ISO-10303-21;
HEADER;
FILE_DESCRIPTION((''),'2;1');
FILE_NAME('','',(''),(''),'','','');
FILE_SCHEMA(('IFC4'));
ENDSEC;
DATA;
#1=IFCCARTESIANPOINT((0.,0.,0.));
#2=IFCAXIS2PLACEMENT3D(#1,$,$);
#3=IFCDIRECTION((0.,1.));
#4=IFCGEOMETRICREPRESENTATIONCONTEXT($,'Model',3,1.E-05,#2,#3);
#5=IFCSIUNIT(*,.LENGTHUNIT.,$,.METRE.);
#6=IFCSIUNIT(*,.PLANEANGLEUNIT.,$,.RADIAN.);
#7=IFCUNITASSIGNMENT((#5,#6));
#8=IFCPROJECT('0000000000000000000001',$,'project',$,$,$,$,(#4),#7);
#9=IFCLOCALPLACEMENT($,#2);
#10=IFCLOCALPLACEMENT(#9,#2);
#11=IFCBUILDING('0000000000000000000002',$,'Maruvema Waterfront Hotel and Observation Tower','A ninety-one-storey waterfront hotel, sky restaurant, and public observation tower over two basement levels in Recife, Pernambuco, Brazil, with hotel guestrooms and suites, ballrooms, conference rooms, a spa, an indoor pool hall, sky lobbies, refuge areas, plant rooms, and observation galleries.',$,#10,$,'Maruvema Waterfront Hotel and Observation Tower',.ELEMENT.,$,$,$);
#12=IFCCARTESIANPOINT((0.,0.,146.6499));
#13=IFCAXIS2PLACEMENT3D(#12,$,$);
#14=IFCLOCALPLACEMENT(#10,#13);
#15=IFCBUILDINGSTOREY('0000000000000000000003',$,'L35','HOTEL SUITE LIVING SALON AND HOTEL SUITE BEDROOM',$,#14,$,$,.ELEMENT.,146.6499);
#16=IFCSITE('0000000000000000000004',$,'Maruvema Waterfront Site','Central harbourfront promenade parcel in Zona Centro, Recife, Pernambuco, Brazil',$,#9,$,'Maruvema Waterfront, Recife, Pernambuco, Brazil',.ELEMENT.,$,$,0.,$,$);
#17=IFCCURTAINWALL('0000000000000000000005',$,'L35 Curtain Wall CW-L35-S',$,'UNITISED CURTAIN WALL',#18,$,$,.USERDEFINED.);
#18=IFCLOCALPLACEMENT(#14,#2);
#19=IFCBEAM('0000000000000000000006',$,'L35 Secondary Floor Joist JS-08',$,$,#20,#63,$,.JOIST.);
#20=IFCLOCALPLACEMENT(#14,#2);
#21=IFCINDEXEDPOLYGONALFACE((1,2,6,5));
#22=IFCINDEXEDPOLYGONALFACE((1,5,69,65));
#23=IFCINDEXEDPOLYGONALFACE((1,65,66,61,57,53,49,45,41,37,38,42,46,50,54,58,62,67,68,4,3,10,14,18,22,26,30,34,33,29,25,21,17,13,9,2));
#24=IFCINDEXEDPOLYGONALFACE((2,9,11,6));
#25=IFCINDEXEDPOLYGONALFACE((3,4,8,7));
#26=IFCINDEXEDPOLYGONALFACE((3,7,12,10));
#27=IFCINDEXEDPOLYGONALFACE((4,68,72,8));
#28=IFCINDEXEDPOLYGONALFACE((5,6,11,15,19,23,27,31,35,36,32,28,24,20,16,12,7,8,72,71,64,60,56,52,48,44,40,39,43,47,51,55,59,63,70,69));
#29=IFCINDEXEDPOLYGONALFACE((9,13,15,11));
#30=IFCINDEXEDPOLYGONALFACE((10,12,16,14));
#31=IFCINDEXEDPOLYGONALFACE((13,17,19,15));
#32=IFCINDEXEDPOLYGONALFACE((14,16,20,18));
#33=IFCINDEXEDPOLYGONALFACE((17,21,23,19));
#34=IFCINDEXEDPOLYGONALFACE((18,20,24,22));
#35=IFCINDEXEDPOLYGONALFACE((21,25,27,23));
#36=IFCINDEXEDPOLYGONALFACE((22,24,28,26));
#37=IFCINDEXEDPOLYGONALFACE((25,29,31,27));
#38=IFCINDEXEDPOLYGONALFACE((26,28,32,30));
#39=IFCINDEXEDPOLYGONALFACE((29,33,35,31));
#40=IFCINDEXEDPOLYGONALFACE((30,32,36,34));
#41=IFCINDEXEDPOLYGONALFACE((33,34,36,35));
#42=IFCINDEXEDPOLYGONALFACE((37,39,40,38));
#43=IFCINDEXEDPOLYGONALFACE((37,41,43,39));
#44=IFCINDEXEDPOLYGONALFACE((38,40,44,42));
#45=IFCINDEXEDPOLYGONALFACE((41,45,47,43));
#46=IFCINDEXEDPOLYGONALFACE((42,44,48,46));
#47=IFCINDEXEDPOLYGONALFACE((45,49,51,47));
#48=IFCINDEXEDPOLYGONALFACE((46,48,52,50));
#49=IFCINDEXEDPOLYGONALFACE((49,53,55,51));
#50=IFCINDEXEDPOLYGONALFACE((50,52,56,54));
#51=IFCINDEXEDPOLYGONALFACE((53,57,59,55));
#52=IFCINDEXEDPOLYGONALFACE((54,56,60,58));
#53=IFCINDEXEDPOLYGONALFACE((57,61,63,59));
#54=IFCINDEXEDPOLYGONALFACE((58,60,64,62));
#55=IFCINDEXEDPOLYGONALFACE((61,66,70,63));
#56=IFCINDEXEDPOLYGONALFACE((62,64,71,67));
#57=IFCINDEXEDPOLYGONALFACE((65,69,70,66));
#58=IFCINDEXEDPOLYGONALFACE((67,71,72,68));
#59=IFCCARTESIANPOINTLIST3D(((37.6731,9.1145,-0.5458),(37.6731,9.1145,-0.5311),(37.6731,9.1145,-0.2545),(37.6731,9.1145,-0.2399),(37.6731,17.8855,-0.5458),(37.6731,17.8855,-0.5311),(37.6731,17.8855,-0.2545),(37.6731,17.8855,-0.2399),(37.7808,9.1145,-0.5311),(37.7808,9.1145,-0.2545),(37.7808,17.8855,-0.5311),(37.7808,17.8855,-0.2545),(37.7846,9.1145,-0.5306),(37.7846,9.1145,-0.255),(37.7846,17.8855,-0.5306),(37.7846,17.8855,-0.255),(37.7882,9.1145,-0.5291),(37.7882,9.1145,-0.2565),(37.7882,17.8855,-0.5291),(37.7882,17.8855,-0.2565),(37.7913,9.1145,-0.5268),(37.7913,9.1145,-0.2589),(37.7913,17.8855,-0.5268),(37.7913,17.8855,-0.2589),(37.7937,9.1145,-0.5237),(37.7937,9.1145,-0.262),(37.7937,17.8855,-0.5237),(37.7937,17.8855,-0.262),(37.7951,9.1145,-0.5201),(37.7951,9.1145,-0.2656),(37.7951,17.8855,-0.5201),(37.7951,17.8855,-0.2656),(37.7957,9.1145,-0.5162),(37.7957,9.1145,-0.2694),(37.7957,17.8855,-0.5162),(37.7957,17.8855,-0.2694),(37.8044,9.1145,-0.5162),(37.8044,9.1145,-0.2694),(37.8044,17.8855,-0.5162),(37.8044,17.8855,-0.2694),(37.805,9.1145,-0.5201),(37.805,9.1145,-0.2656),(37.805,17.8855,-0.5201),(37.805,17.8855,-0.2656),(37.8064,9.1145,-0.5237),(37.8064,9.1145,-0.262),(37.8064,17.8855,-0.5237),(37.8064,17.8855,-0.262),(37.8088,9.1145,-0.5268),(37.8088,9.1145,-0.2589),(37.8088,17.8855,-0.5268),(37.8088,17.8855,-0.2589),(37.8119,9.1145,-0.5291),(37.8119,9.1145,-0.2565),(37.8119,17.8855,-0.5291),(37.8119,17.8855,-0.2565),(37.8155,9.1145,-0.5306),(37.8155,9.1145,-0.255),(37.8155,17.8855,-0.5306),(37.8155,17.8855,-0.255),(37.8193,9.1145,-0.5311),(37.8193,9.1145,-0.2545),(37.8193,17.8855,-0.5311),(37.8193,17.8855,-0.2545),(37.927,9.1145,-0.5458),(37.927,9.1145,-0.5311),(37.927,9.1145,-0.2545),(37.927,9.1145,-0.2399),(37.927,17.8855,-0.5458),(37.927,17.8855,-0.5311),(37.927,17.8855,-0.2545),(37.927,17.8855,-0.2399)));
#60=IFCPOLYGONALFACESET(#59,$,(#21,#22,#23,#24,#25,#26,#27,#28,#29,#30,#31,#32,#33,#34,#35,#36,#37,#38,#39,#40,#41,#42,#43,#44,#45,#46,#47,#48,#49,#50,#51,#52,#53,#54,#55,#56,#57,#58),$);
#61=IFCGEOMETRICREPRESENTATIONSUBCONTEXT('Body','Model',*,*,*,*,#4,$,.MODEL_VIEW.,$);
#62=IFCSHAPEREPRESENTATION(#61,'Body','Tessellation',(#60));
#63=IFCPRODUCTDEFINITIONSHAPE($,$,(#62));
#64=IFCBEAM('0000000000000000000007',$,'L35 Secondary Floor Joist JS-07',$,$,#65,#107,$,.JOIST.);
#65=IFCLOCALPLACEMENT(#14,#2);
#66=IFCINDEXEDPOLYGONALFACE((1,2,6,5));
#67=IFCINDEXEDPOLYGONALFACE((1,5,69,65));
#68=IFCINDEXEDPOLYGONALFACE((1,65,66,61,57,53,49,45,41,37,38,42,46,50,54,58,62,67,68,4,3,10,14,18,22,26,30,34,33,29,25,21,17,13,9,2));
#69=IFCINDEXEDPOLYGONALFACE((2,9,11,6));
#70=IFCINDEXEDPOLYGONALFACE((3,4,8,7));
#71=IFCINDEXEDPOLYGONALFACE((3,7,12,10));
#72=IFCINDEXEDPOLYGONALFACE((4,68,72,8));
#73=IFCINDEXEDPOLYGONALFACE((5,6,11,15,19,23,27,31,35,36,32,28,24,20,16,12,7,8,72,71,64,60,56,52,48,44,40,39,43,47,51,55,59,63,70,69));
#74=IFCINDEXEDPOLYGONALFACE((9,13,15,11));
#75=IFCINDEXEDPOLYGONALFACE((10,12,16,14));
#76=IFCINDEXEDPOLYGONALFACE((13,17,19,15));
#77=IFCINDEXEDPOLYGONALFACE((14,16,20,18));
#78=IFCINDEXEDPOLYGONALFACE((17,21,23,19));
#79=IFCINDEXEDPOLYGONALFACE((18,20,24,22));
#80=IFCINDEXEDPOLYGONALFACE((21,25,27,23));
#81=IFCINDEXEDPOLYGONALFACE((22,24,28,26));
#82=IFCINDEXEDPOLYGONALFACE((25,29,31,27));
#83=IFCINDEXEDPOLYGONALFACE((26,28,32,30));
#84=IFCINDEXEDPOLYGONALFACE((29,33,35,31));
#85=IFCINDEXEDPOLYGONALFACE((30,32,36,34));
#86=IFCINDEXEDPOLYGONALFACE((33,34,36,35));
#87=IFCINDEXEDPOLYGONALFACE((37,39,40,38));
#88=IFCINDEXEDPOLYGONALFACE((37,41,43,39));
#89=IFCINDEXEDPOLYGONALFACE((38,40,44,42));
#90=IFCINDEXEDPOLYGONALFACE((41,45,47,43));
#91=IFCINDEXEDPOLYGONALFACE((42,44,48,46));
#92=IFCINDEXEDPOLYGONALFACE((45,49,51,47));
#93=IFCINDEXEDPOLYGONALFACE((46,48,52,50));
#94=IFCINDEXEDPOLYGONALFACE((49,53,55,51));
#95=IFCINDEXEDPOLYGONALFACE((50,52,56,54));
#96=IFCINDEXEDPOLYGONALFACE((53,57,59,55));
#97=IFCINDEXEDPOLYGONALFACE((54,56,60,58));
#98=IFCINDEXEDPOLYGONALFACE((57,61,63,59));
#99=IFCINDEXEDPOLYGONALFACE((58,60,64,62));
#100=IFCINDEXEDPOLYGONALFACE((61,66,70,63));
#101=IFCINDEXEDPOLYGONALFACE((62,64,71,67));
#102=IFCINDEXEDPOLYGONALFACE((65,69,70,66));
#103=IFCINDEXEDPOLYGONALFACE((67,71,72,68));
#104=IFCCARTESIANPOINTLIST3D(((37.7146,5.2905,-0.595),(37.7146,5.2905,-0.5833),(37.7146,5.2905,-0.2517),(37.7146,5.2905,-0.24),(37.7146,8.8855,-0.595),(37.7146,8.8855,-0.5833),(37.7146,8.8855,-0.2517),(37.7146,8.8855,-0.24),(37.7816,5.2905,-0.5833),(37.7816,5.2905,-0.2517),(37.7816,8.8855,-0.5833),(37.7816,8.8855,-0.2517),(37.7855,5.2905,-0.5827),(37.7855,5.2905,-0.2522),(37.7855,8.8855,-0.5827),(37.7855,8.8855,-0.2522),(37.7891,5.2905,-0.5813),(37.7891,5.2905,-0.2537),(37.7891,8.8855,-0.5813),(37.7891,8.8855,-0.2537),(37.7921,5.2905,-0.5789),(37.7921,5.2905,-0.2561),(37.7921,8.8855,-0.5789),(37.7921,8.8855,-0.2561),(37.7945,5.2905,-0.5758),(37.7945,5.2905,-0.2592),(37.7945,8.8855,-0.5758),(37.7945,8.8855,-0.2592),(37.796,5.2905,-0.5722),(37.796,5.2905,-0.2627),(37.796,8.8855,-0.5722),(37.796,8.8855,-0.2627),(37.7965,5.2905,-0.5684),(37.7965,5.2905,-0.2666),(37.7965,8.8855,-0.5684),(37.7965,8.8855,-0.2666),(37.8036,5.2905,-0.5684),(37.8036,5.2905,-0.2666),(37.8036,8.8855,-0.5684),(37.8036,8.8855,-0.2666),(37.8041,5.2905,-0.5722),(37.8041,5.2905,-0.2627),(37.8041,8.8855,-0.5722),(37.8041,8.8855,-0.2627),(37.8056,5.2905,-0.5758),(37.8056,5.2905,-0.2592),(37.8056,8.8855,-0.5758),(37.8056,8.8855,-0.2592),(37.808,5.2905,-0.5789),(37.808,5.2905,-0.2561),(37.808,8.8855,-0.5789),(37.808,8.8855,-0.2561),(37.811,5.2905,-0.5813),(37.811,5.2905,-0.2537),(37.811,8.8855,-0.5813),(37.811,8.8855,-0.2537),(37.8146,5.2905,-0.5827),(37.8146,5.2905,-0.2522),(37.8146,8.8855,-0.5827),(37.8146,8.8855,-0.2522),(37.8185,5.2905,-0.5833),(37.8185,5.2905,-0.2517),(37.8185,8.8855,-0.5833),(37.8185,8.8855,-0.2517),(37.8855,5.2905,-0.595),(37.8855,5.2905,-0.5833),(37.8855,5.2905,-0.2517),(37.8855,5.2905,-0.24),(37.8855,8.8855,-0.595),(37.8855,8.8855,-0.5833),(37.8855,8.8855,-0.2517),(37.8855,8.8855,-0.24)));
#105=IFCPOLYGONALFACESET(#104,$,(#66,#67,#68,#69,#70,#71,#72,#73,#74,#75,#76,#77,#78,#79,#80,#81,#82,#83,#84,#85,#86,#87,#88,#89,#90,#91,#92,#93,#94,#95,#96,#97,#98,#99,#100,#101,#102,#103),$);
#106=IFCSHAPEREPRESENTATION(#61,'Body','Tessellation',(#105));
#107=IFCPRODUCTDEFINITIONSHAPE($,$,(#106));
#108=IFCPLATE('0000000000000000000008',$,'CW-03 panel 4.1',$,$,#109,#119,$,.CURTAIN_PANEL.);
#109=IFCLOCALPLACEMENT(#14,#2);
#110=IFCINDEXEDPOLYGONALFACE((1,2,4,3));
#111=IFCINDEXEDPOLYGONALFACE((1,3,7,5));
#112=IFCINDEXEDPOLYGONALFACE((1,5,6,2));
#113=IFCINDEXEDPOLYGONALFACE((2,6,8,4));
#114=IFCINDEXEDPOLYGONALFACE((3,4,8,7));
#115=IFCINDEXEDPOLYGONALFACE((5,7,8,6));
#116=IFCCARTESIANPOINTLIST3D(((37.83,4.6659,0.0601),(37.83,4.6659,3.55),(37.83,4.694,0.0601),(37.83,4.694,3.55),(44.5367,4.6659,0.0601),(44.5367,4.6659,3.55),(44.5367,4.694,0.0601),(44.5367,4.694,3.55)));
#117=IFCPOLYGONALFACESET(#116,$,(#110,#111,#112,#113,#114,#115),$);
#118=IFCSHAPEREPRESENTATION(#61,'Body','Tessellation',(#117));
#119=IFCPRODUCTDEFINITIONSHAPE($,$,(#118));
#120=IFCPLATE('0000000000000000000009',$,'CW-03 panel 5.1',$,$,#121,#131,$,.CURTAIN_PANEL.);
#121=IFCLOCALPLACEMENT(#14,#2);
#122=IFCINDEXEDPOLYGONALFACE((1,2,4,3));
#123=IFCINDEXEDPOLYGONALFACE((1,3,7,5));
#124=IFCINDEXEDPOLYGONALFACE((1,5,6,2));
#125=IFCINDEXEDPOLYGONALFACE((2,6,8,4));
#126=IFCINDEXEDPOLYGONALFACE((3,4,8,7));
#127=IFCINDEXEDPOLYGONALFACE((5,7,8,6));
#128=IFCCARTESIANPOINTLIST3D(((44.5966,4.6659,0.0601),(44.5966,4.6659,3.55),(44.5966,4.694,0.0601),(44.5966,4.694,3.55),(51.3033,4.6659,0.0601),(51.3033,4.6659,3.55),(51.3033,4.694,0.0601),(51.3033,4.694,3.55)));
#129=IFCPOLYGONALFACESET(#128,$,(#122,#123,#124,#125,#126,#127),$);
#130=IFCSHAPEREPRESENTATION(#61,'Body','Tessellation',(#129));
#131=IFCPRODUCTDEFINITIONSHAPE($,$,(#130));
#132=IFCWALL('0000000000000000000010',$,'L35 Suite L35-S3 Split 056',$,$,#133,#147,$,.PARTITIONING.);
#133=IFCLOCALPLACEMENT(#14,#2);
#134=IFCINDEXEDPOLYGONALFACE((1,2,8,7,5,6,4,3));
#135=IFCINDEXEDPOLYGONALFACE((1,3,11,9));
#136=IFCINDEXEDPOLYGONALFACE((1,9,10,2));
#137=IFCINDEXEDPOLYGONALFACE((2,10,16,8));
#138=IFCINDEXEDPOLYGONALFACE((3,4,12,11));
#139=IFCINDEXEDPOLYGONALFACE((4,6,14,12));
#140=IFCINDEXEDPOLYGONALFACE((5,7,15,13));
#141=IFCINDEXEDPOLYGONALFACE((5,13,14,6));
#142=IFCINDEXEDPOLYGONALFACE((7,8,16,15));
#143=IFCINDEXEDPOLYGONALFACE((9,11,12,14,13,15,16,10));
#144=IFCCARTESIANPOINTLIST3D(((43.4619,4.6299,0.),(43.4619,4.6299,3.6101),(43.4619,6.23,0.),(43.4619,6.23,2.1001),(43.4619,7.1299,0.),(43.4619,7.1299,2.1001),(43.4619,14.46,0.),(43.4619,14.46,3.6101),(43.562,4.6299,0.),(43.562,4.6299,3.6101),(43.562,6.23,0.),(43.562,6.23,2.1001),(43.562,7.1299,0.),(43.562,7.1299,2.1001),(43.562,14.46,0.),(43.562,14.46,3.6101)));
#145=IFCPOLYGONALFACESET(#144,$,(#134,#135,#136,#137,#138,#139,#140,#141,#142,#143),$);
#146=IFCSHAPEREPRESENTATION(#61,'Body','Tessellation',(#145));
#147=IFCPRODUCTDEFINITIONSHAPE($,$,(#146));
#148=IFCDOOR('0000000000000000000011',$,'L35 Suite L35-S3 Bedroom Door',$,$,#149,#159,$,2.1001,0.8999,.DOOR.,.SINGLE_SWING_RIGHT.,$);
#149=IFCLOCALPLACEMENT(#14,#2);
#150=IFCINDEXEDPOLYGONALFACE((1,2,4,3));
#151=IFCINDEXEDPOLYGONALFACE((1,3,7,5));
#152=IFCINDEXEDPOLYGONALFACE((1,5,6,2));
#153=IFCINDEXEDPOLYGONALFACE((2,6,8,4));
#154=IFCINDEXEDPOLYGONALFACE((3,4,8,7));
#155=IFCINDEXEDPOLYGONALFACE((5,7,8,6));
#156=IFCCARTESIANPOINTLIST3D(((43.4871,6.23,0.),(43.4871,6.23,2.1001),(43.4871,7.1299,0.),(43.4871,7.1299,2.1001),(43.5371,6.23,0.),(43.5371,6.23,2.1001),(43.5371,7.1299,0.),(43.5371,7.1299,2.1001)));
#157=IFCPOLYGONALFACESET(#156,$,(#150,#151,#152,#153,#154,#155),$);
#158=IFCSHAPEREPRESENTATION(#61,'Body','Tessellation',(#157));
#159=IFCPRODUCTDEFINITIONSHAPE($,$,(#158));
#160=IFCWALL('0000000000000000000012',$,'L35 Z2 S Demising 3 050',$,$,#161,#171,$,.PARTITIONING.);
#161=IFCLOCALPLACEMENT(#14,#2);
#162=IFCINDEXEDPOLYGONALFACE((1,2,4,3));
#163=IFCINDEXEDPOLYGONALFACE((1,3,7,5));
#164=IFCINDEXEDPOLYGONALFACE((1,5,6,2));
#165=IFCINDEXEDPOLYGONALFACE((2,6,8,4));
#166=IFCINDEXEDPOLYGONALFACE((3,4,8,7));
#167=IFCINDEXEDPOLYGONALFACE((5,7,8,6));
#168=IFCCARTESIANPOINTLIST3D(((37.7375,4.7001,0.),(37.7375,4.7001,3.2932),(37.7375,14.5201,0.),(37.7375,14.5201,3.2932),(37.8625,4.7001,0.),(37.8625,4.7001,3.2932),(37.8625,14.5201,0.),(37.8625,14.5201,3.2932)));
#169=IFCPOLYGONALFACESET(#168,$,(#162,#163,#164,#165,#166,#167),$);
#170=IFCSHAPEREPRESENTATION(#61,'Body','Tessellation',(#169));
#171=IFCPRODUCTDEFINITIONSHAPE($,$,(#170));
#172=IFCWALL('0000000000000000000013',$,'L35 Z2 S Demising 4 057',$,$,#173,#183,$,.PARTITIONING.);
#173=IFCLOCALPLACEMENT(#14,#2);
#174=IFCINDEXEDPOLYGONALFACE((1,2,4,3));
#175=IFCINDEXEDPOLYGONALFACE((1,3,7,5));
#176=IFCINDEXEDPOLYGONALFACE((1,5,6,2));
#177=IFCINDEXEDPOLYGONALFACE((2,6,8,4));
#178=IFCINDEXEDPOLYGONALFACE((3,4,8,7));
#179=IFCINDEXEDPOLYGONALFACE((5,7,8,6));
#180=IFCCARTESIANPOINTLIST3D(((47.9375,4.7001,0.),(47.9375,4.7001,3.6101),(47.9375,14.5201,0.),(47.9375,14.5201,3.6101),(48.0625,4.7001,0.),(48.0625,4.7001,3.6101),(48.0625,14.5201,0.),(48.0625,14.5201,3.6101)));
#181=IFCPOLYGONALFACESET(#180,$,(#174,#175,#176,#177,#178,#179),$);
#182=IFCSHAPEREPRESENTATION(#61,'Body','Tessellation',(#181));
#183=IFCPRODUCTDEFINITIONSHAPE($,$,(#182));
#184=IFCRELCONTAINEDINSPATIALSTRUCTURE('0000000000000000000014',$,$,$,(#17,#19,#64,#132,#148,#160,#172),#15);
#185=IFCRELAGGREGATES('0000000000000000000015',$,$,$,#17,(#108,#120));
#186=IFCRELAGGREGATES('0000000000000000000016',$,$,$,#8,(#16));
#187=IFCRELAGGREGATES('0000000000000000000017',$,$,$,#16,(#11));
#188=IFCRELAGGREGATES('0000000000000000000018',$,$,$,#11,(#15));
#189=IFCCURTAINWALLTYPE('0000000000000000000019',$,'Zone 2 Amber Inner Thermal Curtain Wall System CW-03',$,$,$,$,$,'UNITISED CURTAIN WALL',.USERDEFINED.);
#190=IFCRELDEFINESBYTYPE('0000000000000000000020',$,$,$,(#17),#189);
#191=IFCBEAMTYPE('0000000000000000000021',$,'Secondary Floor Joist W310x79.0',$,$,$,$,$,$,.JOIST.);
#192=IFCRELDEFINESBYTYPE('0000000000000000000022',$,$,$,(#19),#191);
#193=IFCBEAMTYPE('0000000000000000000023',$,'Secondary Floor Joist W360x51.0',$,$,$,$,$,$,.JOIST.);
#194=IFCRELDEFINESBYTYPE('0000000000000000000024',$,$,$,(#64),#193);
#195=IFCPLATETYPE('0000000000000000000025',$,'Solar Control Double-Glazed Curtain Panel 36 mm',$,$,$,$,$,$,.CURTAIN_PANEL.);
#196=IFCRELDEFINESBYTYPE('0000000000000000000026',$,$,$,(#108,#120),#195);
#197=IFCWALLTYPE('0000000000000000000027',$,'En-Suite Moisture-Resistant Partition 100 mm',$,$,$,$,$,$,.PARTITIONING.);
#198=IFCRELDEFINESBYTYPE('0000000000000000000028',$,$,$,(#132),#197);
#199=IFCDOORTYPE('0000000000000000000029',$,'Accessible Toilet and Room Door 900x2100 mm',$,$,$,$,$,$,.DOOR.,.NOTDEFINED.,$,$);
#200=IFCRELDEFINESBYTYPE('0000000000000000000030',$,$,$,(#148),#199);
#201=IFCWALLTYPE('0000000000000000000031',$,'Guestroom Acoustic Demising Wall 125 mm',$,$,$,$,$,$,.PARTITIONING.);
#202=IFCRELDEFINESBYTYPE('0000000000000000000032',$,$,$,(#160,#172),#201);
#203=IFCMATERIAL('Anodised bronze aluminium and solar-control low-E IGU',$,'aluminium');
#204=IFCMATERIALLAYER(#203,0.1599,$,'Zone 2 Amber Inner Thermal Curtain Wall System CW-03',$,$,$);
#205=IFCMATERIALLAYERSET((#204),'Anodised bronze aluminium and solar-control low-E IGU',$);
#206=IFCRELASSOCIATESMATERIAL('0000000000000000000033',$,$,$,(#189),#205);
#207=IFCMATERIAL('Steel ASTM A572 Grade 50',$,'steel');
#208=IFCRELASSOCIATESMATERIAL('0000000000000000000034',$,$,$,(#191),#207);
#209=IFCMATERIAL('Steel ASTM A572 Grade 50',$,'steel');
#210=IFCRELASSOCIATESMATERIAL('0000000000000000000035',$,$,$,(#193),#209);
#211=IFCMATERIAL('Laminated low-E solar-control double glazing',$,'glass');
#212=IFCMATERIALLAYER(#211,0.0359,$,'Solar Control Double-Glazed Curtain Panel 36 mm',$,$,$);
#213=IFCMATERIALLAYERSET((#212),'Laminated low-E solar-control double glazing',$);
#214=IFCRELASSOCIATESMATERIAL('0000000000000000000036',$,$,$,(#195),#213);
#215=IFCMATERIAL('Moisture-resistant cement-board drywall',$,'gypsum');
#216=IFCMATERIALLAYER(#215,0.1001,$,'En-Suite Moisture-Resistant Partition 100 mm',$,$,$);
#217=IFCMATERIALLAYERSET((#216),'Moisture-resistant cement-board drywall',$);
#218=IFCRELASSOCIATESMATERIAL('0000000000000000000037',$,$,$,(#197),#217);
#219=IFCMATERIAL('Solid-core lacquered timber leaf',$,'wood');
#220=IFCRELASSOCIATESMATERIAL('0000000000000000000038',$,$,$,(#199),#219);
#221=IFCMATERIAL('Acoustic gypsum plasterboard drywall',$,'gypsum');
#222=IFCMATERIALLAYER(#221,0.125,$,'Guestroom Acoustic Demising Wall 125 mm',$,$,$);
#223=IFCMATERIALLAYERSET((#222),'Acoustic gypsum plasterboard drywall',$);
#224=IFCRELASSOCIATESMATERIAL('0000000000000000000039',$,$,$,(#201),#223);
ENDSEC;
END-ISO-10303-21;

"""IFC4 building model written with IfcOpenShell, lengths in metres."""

from ifc_helpers import new_model, si_unit, direction, frame, frame_2d, origin, origin_2d, place, context, subcontext, project, spatial, rectangle, i_section, extrude, material, layer, layer_set, material_profile, profile_set, type_object, element, fill, aggregate, save


model = new_model("IFC4")

# Units and contexts
model_context = context("Model", 3, precision=1e-05, world=origin(), true_north=direction((0.0, 1.0)))
body_context = subcontext(model_context, "Body", "Model", "MODEL_VIEW")
ifc_project = project(units=[si_unit("LENGTHUNIT", "METRE"), si_unit("PLANEANGLEUNIT", "RADIAN")], contexts=[model_context])

# Site, building, storey
site_placement = place(None, origin())
site = spatial("IfcSite", under=ifc_project, at=site_placement, Name="Maruvema Waterfront Site", Description="Central harbourfront promenade parcel in Zona Centro, Recife, Pernambuco, Brazil", LongName="Maruvema Waterfront, Recife, Pernambuco, Brazil", CompositionType="ELEMENT", RefElevation=0.0)
building_placement = place(site_placement, origin())
building = spatial("IfcBuilding", under=site, at=building_placement, Name="Maruvema Waterfront Hotel and Observation Tower", Description="A ninety-one-storey waterfront hotel, sky restaurant, and public observation tower over two basement levels in Recife, Pernambuco, Brazil, with hotel guestrooms and suites, ballrooms, conference rooms, a spa, an indoor pool hall, sky lobbies, refuge areas, plant rooms, and observation galleries.", LongName="Maruvema Waterfront Hotel and Observation Tower", CompositionType="ELEMENT")
storey_placement = place(building_placement, frame((0.0, 0.0, 146.6499)))
storey = spatial("IfcBuildingStorey", under=building, at=storey_placement, Name="L35", Description="HOTEL SUITE LIVING SALON AND HOTEL SUITE BEDROOM", CompositionType="ELEMENT", Elevation=146.6499)

# Curtain wall
ifc_material_1 = material(Name="Anodised bronze aluminium and solar-control low-E IGU", Category="aluminium")
ifc_layer_1 = layer(ifc_material_1, 0.1599, Name="Zone 2 Amber Inner Thermal Curtain Wall System CW-03")
ifc_layer_set_1 = layer_set([ifc_layer_1], Name="Anodised bronze aluminium and solar-control low-E IGU")
curtain_wall_type = type_object("IfcCurtainWallType", Name="Zone 2 Amber Inner Thermal Curtain Wall System CW-03", ElementType="UNITISED CURTAIN WALL", PredefinedType="USERDEFINED", material=ifc_layer_set_1)
curtain_wall_placement = place(storey_placement, origin())
curtain_wall = element("IfcCurtainWall", 1, at=curtain_wall_placement, inside=storey, type_object=curtain_wall_type, Name="L35 Curtain Wall CW-L35-S", ObjectType="UNITISED CURTAIN WALL", PredefinedType="USERDEFINED")

# Beams
ifc_material_2 = material(Name="Steel ASTM A572 Grade 50", Category="steel")
ifc_material_profile_1 = material_profile(ifc_material_2, i_section(OverallWidth=0.2539, OverallDepth=0.3059, WebThickness=0.0088, FlangeThickness=0.0146, FilletRadius=0.0149, at=origin_2d()), Name="W310x79.0")
ifc_profile_set_1 = profile_set([ifc_material_profile_1], Name="Steel ASTM A572 Grade 50")
beam_type_1 = type_object("IfcBeamType", Name="Secondary Floor Joist W310x79.0", PredefinedType="JOIST", material=ifc_profile_set_1)
beam_1_placement = place(storey_placement, frame((37.8, 9.1145, -0.3928), z_axis=(0.0, 1.0, 0.0), x_axis=(-1.0, 0.0, 0.0)))
element("IfcBeam", 2, at=beam_1_placement, inside=storey, type_object=beam_type_1, Name="L35 Secondary Floor Joist JS-08", PredefinedType="JOIST", context=body_context, shape_type="SweptSolid", body=[
    extrude(i_section(OverallWidth=0.2539, OverallDepth=0.3059, WebThickness=0.0088, FlangeThickness=0.0146, FilletRadius=0.0149, at=origin_2d()), origin(), (0.0, 0.0, 1.0), 8.771),
])
ifc_material_3 = material(Name="Steel ASTM A572 Grade 50", Category="steel")
ifc_material_profile_2 = material_profile(ifc_material_3, i_section(OverallWidth=0.1709, OverallDepth=0.355, WebThickness=0.0071, FlangeThickness=0.0117, FilletRadius=0.0149, at=origin_2d()), Name="W360x51.0")
ifc_profile_set_2 = profile_set([ifc_material_profile_2], Name="Steel ASTM A572 Grade 50")
beam_type_2 = type_object("IfcBeamType", Name="Secondary Floor Joist W360x51.0", PredefinedType="JOIST", material=ifc_profile_set_2)
beam_2_placement = place(storey_placement, frame((37.8, 5.2905, -0.4175), z_axis=(0.0, 1.0, 0.0), x_axis=(-1.0, 0.0, 0.0)))
element("IfcBeam", 3, at=beam_2_placement, inside=storey, type_object=beam_type_2, Name="L35 Secondary Floor Joist JS-07", PredefinedType="JOIST", context=body_context, shape_type="SweptSolid", body=[
    extrude(i_section(OverallWidth=0.1709, OverallDepth=0.355, WebThickness=0.0071, FlangeThickness=0.0117, FilletRadius=0.0149, at=origin_2d()), origin(), (0.0, 0.0, 1.0), 3.595),
])

# Plates
ifc_material_4 = material(Name="Laminated low-E solar-control double glazing", Category="glass")
ifc_layer_2 = layer(ifc_material_4, 0.0359, Name="Solar Control Double-Glazed Curtain Panel 36 mm")
ifc_layer_set_2 = layer_set([ifc_layer_2], Name="Laminated low-E solar-control double glazing")
plate_type = type_object("IfcPlateType", Name="Solar Control Double-Glazed Curtain Panel 36 mm", PredefinedType="CURTAIN_PANEL", material=ifc_layer_set_2)
plate_1_placement = place(storey_placement, frame((41.1833, 4.6799, 0.0601), z_axis=(0.0, 0.0, 1.0), x_axis=(1.0, 0.0, 0.0)))
plate_1 = element("IfcPlate", 4, at=plate_1_placement, type_object=plate_type, Name="CW-03 panel 4.1", PredefinedType="CURTAIN_PANEL", context=body_context, shape_type="SweptSolid", body=[
    extrude(rectangle(XDim=6.7068, YDim=0.0281, at=origin_2d()), origin(), (0.0, 0.0, 1.0), 3.49),
])
plate_2_placement = place(storey_placement, frame((47.95, 4.6799, 0.0601), z_axis=(0.0, 0.0, 1.0), x_axis=(1.0, 0.0, 0.0)))
plate_2 = element("IfcPlate", 5, at=plate_2_placement, type_object=plate_type, Name="CW-03 panel 5.1", PredefinedType="CURTAIN_PANEL", context=body_context, shape_type="SweptSolid", body=[
    extrude(rectangle(XDim=6.7068, YDim=0.0281, at=origin_2d()), origin(), (0.0, 0.0, 1.0), 3.49),
])
aggregate(curtain_wall, [plate_1, plate_2])

# Wall, opening, door
ifc_material_5 = material(Name="Moisture-resistant cement-board drywall", Category="gypsum")
ifc_layer_3 = layer(ifc_material_5, 0.1001, Name="En-Suite Moisture-Resistant Partition 100 mm")
ifc_layer_set_3 = layer_set([ifc_layer_3], Name="Moisture-resistant cement-board drywall")
wall_type_1 = type_object("IfcWallType", Name="En-Suite Moisture-Resistant Partition 100 mm", PredefinedType="PARTITIONING", material=ifc_layer_set_3)
wall_1_placement = place(storey_placement, frame((43.512, 4.6299, 0.0), z_axis=(0.0, 0.0, 1.0), x_axis=(0.0, 1.0, 0.0)))
wall_1 = element("IfcWall", 6, at=wall_1_placement, inside=storey, type_object=wall_type_1, Name="L35 Suite L35-S3 Split 056", PredefinedType="PARTITIONING", context=body_context, shape_type="SweptSolid", body=[
    extrude(rectangle(XDim=9.8301, YDim=0.1001, at=frame_2d((4.915, 0.0))), origin(), (0.0, 0.0, 1.0), 3.6101),
])
opening_placement = place(wall_1_placement, frame((1.6001, 0.0, 0.0)))
opening = element("IfcOpeningElement", 7, at=opening_placement, cuts=wall_1, PredefinedType="OPENING", context=body_context, shape_type="SweptSolid", body=[
    extrude(rectangle(XDim=0.8999, YDim=2.1001, at=frame_2d((0.45, 1.05))), frame((0.0, 0.0601, 0.0), z_axis=(0.0, -1.0, 0.0), x_axis=(1.0, 0.0, 0.0)), (0.0, 0.0, 1.0), 0.1201),
])
ifc_material_6 = material(Name="Solid-core lacquered timber leaf", Category="wood")
door_type = type_object("IfcDoorType", Name="Accessible Toilet and Room Door 900x2100 mm", OperationType="NOTDEFINED", PredefinedType="DOOR", material=ifc_material_6)
door_placement = place(opening_placement, origin())
door = element("IfcDoor", 8, at=door_placement, inside=storey, type_object=door_type, Name="L35 Suite L35-S3 Bedroom Door", OperationType="SINGLE_SWING_RIGHT", OverallHeight=2.1001, OverallWidth=0.8999, PredefinedType="DOOR", context=body_context, shape_type="SweptSolid", body=[
    extrude(rectangle(XDim=0.8999, YDim=2.1001, at=frame_2d((0.45, 1.05))), frame((0.0, 0.0249, 0.0), z_axis=(0.0, -1.0, 0.0), x_axis=(1.0, 0.0, 0.0)), (0.0, 0.0, 1.0), 0.05),
])
fill(opening, door)

# Walls
ifc_material_7 = material(Name="Acoustic gypsum plasterboard drywall", Category="gypsum")
ifc_layer_4 = layer(ifc_material_7, 0.125, Name="Guestroom Acoustic Demising Wall 125 mm")
ifc_layer_set_4 = layer_set([ifc_layer_4], Name="Acoustic gypsum plasterboard drywall")
wall_type_2 = type_object("IfcWallType", Name="Guestroom Acoustic Demising Wall 125 mm", PredefinedType="PARTITIONING", material=ifc_layer_set_4)
wall_2_placement = place(storey_placement, frame((37.8, 4.7, 0.0), z_axis=(0.0, 0.0, 1.0), x_axis=(0.0, 1.0, 0.0)))
element("IfcWall", 9, at=wall_2_placement, inside=storey, type_object=wall_type_2, Name="L35 Z2 S Demising 3 050", PredefinedType="PARTITIONING", context=body_context, shape_type="SweptSolid", body=[
    extrude(rectangle(XDim=9.8201, YDim=0.125, at=frame_2d((4.9102, 0.0))), origin(), (0.0, 0.0, 1.0), 3.2932),
])
wall_3_placement = place(storey_placement, frame((48.0, 4.7, 0.0), z_axis=(0.0, 0.0, 1.0), x_axis=(0.0, 1.0, 0.0)))
element("IfcWall", 10, at=wall_3_placement, inside=storey, type_object=wall_type_2, Name="L35 Z2 S Demising 4 057", PredefinedType="PARTITIONING", context=body_context, shape_type="SweptSolid", body=[
    extrude(rectangle(XDim=9.8201, YDim=0.125, at=frame_2d((4.9102, 0.0))), origin(), (0.0, 0.0, 1.0), 3.6101),
])

save(model, "model.ifc")
